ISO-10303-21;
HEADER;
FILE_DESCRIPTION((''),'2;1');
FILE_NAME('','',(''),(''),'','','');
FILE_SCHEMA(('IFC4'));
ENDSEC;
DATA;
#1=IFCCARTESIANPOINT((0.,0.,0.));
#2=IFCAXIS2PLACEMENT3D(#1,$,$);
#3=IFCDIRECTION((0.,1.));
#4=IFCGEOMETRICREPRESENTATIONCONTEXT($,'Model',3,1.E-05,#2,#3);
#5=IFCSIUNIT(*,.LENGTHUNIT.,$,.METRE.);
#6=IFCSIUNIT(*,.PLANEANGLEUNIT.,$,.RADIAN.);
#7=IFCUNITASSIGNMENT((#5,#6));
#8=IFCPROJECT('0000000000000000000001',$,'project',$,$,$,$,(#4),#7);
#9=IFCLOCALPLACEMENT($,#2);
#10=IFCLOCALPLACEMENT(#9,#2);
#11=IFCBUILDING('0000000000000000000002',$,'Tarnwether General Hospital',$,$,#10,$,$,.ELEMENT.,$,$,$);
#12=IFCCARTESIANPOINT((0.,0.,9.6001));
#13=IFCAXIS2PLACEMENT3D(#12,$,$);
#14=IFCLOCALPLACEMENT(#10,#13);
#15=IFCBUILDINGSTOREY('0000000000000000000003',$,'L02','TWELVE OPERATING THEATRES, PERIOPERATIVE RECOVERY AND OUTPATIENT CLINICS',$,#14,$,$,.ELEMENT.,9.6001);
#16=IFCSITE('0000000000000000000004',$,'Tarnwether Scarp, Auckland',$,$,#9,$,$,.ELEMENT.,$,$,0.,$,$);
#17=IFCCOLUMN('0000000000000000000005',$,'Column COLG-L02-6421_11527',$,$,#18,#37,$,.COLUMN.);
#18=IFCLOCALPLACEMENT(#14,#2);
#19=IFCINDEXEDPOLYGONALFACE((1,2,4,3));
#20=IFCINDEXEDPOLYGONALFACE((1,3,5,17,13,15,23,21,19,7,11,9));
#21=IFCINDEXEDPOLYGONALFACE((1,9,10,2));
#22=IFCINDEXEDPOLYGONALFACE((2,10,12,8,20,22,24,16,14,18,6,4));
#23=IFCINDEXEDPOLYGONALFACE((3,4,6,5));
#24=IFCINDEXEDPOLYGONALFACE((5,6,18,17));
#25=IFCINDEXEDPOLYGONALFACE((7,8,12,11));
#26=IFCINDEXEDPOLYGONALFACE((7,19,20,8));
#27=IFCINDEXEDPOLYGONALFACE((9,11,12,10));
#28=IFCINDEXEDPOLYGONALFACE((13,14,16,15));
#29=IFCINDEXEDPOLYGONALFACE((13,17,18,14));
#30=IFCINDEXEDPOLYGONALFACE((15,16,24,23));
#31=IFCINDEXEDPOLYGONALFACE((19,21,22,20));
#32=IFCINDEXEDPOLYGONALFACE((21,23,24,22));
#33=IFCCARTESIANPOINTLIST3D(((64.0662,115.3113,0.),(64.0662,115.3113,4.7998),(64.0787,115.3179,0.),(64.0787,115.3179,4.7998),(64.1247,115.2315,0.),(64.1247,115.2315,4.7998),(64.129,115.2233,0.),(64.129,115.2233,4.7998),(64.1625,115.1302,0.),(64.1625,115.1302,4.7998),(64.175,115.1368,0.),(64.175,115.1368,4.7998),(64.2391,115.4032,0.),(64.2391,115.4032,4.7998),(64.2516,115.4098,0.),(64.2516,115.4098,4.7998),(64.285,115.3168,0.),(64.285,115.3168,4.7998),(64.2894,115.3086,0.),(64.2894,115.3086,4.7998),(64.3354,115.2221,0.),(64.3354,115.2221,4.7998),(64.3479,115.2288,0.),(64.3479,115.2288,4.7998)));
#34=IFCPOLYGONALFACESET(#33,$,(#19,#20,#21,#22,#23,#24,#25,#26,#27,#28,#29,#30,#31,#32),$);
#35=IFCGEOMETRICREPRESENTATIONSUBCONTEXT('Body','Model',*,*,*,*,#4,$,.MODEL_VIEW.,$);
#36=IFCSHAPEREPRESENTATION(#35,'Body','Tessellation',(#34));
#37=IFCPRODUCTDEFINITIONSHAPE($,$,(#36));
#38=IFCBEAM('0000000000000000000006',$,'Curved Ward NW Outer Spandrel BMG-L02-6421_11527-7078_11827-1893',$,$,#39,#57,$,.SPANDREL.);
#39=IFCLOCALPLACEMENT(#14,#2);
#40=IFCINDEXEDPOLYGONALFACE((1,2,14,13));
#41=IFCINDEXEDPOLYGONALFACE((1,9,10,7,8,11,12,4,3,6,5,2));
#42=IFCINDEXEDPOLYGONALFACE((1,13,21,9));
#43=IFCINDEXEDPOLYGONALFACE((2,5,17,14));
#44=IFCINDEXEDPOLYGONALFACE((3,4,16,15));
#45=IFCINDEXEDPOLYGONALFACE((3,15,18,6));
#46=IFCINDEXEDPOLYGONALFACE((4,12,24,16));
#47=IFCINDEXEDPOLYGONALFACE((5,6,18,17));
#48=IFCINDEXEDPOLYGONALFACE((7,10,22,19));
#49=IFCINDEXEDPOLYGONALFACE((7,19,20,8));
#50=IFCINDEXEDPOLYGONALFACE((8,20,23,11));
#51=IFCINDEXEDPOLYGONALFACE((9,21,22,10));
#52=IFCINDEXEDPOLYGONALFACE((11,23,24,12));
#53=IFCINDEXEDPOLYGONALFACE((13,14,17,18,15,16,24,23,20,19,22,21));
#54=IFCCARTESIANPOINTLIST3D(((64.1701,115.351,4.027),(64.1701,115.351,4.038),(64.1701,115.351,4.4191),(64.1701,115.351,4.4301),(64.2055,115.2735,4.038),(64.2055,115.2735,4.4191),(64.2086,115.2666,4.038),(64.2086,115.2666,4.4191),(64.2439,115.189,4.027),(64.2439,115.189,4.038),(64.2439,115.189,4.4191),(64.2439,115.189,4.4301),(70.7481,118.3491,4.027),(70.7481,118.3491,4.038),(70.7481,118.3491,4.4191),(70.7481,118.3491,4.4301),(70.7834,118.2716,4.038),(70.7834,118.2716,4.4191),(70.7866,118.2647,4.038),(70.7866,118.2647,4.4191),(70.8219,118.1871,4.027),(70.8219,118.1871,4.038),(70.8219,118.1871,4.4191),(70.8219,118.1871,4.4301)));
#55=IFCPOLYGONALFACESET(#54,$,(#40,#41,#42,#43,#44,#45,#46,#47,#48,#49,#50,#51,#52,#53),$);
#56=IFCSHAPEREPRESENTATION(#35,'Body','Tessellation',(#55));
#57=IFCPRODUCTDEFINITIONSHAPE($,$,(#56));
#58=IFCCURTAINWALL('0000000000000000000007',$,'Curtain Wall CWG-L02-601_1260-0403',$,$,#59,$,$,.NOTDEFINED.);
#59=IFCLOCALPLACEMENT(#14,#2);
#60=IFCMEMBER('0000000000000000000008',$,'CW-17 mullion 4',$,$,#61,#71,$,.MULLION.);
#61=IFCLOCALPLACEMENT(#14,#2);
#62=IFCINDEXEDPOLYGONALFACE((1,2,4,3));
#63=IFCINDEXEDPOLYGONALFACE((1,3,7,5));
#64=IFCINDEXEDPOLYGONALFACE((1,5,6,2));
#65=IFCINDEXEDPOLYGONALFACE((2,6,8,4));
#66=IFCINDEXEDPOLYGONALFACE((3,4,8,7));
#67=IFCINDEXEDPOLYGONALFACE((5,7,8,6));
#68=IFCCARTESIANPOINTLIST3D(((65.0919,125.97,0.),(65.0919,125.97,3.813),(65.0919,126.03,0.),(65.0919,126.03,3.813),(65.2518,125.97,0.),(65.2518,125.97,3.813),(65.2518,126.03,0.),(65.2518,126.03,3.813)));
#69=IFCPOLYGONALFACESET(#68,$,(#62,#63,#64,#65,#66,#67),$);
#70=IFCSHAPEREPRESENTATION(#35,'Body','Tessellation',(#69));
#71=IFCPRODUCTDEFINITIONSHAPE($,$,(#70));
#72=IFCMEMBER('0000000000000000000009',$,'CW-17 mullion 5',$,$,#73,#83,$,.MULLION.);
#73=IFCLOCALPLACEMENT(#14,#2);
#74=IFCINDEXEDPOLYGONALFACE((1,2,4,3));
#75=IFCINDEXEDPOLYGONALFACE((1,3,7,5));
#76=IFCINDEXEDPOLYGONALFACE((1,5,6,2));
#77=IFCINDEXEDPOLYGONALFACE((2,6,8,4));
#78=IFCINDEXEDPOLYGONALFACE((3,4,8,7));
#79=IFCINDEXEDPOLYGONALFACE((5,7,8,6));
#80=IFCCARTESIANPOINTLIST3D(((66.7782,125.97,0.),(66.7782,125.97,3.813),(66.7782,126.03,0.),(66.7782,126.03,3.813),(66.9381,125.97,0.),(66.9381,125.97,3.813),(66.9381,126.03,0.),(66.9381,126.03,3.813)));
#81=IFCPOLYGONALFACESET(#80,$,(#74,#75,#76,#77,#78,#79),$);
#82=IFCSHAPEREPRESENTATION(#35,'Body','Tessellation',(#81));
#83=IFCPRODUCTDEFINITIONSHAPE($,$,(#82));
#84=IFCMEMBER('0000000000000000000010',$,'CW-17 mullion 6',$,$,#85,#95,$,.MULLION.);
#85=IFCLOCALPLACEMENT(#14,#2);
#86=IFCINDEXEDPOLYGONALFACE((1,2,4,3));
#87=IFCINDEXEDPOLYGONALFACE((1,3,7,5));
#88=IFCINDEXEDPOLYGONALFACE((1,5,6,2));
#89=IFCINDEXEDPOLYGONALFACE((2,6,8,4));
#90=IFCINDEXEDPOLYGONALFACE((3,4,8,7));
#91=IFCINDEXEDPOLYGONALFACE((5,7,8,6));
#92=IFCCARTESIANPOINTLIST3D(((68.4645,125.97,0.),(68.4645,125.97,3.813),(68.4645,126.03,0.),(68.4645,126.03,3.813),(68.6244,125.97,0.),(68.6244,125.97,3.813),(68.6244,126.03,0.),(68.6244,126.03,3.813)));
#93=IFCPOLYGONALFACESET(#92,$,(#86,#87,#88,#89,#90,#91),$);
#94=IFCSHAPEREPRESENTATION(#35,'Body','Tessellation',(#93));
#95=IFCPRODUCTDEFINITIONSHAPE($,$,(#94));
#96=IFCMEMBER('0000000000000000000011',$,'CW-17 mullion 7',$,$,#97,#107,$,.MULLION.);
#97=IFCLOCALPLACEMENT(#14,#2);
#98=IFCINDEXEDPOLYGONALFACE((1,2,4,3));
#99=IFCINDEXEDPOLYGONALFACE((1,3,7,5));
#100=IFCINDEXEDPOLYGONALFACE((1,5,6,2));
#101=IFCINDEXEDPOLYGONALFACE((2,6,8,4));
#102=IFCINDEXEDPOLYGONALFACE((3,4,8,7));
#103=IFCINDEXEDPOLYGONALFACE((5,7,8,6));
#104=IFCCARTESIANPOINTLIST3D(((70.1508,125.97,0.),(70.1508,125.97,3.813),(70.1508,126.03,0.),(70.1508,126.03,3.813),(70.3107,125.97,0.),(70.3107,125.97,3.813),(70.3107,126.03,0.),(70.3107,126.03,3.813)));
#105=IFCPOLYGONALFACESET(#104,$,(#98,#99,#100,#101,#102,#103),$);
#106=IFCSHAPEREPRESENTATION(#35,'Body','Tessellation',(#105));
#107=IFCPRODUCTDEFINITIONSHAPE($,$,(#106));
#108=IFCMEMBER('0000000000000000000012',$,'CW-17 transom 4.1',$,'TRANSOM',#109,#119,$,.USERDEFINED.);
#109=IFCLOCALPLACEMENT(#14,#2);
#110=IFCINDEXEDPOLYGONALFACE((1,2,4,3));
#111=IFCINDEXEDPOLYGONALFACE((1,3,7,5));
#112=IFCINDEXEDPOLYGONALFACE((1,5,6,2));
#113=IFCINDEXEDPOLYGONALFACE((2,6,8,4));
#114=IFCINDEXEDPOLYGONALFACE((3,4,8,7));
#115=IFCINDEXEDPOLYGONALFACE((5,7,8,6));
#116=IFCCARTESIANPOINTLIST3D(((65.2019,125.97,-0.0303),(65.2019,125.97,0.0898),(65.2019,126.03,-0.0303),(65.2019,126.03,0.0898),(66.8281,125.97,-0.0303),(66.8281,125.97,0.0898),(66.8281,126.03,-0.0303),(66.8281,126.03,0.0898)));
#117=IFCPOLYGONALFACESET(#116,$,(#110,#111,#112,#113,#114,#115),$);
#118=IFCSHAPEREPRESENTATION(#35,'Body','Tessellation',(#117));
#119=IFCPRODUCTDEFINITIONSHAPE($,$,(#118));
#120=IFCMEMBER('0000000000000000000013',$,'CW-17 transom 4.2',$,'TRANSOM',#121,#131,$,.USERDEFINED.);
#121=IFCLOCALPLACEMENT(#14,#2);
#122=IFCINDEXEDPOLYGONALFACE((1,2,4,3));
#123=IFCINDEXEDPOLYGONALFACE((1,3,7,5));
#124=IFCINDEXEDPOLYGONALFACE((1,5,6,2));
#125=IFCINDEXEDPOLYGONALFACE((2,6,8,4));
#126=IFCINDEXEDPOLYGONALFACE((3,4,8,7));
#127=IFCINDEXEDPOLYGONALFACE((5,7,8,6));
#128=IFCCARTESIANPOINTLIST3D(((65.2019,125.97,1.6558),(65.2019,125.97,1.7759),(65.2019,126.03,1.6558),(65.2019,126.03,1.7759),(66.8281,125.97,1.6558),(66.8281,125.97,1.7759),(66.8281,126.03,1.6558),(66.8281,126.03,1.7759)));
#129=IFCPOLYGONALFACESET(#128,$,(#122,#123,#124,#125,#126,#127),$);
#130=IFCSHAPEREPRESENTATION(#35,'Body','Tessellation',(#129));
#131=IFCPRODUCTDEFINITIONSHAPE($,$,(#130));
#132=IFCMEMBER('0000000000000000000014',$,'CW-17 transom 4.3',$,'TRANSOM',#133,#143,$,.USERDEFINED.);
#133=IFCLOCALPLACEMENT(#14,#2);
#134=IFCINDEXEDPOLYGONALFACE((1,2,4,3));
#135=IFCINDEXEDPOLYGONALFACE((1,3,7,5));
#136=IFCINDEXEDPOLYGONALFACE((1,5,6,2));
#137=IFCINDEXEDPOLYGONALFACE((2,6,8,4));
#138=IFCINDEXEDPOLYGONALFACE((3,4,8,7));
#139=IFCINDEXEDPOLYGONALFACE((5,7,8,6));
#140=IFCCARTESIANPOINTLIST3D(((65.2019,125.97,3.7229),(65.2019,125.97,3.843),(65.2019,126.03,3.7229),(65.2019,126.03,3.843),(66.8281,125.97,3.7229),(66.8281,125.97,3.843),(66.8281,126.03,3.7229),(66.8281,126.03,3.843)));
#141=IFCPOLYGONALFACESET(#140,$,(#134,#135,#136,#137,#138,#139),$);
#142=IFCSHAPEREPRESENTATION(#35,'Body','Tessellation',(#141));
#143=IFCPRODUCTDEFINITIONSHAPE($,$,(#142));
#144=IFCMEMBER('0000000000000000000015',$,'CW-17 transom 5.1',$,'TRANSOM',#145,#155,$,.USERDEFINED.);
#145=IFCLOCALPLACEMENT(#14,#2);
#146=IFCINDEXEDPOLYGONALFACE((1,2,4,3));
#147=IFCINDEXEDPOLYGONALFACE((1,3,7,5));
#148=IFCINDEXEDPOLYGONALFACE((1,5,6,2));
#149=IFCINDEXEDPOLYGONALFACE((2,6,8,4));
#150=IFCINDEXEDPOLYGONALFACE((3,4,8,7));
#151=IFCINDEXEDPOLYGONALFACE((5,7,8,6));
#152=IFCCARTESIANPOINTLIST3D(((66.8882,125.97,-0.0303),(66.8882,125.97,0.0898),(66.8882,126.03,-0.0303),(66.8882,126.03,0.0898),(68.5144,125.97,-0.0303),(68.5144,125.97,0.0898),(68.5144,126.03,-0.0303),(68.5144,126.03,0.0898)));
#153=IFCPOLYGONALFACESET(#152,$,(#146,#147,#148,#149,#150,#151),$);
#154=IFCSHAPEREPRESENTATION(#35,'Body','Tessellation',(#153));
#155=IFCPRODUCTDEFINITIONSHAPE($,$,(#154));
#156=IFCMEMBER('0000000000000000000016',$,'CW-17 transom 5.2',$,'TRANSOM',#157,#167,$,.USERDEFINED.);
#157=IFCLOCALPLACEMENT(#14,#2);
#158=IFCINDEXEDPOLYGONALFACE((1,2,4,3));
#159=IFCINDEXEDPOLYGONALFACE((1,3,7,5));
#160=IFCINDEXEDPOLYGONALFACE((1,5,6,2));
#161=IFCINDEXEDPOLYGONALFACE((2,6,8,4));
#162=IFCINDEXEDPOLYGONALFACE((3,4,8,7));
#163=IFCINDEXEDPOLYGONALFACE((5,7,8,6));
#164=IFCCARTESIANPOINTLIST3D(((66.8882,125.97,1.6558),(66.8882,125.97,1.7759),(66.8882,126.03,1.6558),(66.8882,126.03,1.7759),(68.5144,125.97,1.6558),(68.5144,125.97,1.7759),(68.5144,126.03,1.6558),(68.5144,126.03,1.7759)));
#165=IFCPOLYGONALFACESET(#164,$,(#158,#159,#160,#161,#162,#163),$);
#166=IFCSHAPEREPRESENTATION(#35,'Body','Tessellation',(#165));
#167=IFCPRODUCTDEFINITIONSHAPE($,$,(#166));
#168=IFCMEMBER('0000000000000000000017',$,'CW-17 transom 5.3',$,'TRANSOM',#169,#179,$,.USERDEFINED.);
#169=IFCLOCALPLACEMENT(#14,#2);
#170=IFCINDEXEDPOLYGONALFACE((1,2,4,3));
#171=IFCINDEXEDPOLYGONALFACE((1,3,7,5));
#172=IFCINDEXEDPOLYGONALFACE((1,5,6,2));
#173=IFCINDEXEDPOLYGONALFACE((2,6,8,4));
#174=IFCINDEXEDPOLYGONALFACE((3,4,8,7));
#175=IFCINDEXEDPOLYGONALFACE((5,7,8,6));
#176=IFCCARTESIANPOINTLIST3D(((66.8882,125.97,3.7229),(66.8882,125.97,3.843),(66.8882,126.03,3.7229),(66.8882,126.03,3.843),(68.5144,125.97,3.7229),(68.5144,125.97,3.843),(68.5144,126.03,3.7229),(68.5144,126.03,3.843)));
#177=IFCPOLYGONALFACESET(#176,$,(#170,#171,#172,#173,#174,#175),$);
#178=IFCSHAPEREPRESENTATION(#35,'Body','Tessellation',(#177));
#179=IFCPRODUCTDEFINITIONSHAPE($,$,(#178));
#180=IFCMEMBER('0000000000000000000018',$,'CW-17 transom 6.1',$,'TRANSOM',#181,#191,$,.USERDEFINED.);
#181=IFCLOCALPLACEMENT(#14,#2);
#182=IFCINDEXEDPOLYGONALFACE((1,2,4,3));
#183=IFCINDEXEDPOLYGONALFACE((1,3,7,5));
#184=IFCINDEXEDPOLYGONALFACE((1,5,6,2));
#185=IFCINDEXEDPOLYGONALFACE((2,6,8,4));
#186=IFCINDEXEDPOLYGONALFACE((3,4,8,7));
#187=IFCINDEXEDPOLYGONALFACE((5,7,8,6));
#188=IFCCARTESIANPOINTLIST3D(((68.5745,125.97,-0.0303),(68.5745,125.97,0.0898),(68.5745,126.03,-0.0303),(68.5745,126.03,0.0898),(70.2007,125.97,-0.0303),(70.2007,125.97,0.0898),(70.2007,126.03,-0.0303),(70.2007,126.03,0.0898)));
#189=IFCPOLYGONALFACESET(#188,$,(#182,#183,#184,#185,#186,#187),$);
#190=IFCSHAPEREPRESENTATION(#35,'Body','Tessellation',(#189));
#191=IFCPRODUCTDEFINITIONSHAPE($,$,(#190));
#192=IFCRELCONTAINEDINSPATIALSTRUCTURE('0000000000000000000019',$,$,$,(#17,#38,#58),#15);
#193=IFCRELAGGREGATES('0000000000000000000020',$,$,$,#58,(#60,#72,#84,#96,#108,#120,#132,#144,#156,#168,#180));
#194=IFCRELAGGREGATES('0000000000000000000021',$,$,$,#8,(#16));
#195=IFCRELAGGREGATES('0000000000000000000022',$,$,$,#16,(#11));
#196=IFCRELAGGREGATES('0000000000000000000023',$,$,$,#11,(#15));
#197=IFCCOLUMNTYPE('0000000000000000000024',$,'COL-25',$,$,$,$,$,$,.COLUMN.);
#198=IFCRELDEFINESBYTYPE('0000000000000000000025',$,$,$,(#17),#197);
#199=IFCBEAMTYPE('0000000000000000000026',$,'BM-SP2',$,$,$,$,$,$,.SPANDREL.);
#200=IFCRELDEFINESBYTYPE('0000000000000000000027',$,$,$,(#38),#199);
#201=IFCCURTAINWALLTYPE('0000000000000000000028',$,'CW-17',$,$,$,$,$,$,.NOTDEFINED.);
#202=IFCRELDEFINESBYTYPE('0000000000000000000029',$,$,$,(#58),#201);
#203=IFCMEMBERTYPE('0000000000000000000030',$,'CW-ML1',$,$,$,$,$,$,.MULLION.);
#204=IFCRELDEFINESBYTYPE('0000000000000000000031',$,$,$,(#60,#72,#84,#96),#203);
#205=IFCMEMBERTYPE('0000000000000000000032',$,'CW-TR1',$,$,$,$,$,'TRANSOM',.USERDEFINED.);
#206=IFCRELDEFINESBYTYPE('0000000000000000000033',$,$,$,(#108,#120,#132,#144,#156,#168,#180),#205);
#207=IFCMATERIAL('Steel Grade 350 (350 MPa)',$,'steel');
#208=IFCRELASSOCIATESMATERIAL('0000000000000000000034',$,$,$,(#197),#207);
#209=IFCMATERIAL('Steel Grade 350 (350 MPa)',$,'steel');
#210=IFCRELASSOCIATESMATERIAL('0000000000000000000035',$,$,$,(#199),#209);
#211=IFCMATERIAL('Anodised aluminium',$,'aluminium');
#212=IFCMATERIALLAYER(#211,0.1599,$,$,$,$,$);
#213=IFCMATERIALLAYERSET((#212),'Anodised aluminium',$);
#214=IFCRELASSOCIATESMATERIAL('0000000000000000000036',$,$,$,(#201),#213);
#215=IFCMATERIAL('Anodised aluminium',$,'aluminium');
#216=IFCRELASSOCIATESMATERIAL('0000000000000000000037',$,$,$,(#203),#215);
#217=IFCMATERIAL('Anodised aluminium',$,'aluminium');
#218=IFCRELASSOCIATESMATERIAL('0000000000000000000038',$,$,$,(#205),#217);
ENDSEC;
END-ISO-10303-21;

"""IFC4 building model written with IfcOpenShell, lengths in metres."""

from ifc_helpers import new_model, si_unit, direction, frame, origin, origin_2d, place, context, subcontext, project, spatial, rectangle, i_section, extrude, material, layer, layer_set, material_profile, profile_set, type_object, element, aggregate, save


model = new_model("IFC4")

# Units and contexts
model_context = context("Model", 3, precision=1e-05, world=origin(), true_north=direction((0.0, 1.0)))
body_context = subcontext(model_context, "Body", "Model", "MODEL_VIEW")
ifc_project = project(units=[si_unit("LENGTHUNIT", "METRE"), si_unit("PLANEANGLEUNIT", "RADIAN")], contexts=[model_context])

# Site, building, storey
site_placement = place(None, origin())
site = spatial("IfcSite", under=ifc_project, at=site_placement, Name="Tarnwether Scarp, Auckland", CompositionType="ELEMENT", RefElevation=0.0)
building_placement = place(site_placement, origin())
building = spatial("IfcBuilding", under=site, at=building_placement, Name="Tarnwether General Hospital", CompositionType="ELEMENT")
storey_placement = place(building_placement, frame((0.0, 0.0, 9.6001)))
storey = spatial("IfcBuildingStorey", under=building, at=storey_placement, Name="L02", Description="TWELVE OPERATING THEATRES, PERIOPERATIVE RECOVERY AND OUTPATIENT CLINICS", CompositionType="ELEMENT", Elevation=9.6001)

# Column
ifc_material_1 = material(Name="Steel Grade 350 (350 MPa)", Category="steel")
ifc_material_profile_1 = material_profile(ifc_material_1, i_section(OverallWidth=0.2051, OverallDepth=0.21, WebThickness=0.0093, FlangeThickness=0.0142, at=origin_2d()), Name="200UC59.5")
ifc_profile_set_1 = profile_set([ifc_material_profile_1], Name="Steel Grade 350 (350 MPa)")
column_type = type_object("IfcColumnType", Name="COL-25", PredefinedType="COLUMN", material=ifc_profile_set_1)
column_placement = place(storey_placement, frame((64.207, 115.27, 0.0), z_axis=(0.0, 0.0, 1.0), x_axis=(-0.469472, 0.882948, 0.0)))
element("IfcColumn", 1, at=column_placement, inside=storey, type_object=column_type, Name="Column COLG-L02-6421_11527", PredefinedType="COLUMN", context=body_context, shape_type="SweptSolid", body=[
    extrude(i_section(OverallWidth=0.2051, OverallDepth=0.21, WebThickness=0.0093, FlangeThickness=0.0142, at=origin_2d()), origin(), (0.0, 0.0, 1.0), 4.7998),
])

# Beam
ifc_material_2 = material(Name="Steel Grade 350 (350 MPa)", Category="steel")
ifc_material_profile_2 = material_profile(ifc_material_2, i_section(OverallWidth=0.178, OverallDepth=0.4031, WebThickness=0.0076, FlangeThickness=0.011, at=origin_2d()), Name="410UB53.7")
ifc_profile_set_2 = profile_set([ifc_material_profile_2], Name="Steel Grade 350 (350 MPa)")
beam_type = type_object("IfcBeamType", Name="BM-SP2", PredefinedType="SPANDREL", material=ifc_profile_set_2)
beam_placement = place(storey_placement, frame((64.207, 115.27, 4.2285), z_axis=(0.909944, 0.414731, 0.0), x_axis=(-0.414731, 0.909944, 0.0)))
element("IfcBeam", 2, at=beam_placement, inside=storey, type_object=beam_type, Name="Curved Ward NW Outer Spandrel BMG-L02-6421_11527-7078_11827-1893", PredefinedType="SPANDREL", context=body_context, shape_type="SweptSolid", body=[
    extrude(i_section(OverallWidth=0.178, OverallDepth=0.4031, WebThickness=0.0076, FlangeThickness=0.011, at=origin_2d()), origin(), (0.0, 0.0, 1.0), 7.229),
])

# Curtain wall, members
ifc_material_3 = material(Name="Anodised aluminium", Category="aluminium")
ifc_layer_1 = layer(ifc_material_3, 0.1599)
ifc_layer_set_1 = layer_set([ifc_layer_1], Name="Anodised aluminium")
curtain_wall_type = type_object("IfcCurtainWallType", Name="CW-17", PredefinedType="NOTDEFINED", material=ifc_layer_set_1)
curtain_wall_placement = place(storey_placement, origin())
curtain_wall = element("IfcCurtainWall", 3, at=curtain_wall_placement, inside=storey, type_object=curtain_wall_type, Name="Curtain Wall CWG-L02-601_1260-0403", PredefinedType="NOTDEFINED")
ifc_material_4 = material(Name="Anodised aluminium", Category="aluminium")
ifc_material_profile_3 = material_profile(ifc_material_4, rectangle(XDim=0.0601, YDim=0.1599, at=origin_2d()), Name="ALU-MUL-60x160")
ifc_profile_set_3 = profile_set([ifc_material_profile_3], Name="Anodised aluminium")
member_type_1 = type_object("IfcMemberType", Name="CW-ML1", PredefinedType="MULLION", material=ifc_profile_set_3)
member_1_placement = place(storey_placement, frame((65.1719, 126.0, 0.0), z_axis=(0.0, 0.0, 1.0), x_axis=(0.0, 1.0, 0.0)))
member_1 = element("IfcMember", 4, at=member_1_placement, type_object=member_type_1, Name="CW-17 mullion 4", PredefinedType="MULLION", context=body_context, shape_type="SweptSolid", body=[
    extrude(rectangle(XDim=0.0601, YDim=0.1599, at=origin_2d()), origin(), (0.0, 0.0, 1.0), 3.813),
])
member_2_placement = place(storey_placement, frame((66.8582, 126.0, 0.0), z_axis=(0.0, 0.0, 1.0), x_axis=(0.0, 1.0, 0.0)))
member_2 = element("IfcMember", 5, at=member_2_placement, type_object=member_type_1, Name="CW-17 mullion 5", PredefinedType="MULLION", context=body_context, shape_type="SweptSolid", body=[
    extrude(rectangle(XDim=0.0601, YDim=0.1599, at=origin_2d()), origin(), (0.0, 0.0, 1.0), 3.813),
])
member_3_placement = place(storey_placement, frame((68.5444, 126.0, 0.0), z_axis=(0.0, 0.0, 1.0), x_axis=(0.0, 1.0, 0.0)))
member_3 = element("IfcMember", 6, at=member_3_placement, type_object=member_type_1, Name="CW-17 mullion 6", PredefinedType="MULLION", context=body_context, shape_type="SweptSolid", body=[
    extrude(rectangle(XDim=0.0601, YDim=0.1599, at=origin_2d()), origin(), (0.0, 0.0, 1.0), 3.813),
])
member_4_placement = place(storey_placement, frame((70.2307, 126.0, 0.0), z_axis=(0.0, 0.0, 1.0), x_axis=(0.0, 1.0, 0.0)))
member_4 = element("IfcMember", 7, at=member_4_placement, type_object=member_type_1, Name="CW-17 mullion 7", PredefinedType="MULLION", context=body_context, shape_type="SweptSolid", body=[
    extrude(rectangle(XDim=0.0601, YDim=0.1599, at=origin_2d()), origin(), (0.0, 0.0, 1.0), 3.813),
])
ifc_material_5 = material(Name="Anodised aluminium", Category="aluminium")
ifc_material_profile_4 = material_profile(ifc_material_5, rectangle(XDim=0.0601, YDim=0.1201, at=origin_2d()), Name="ALU-TRN-60x120")
ifc_profile_set_4 = profile_set([ifc_material_profile_4], Name="Anodised aluminium")
member_type_2 = type_object("IfcMemberType", Name="CW-TR1", ElementType="TRANSOM", PredefinedType="USERDEFINED", material=ifc_profile_set_4)
member_5_placement = place(storey_placement, frame((65.2019, 126.0, 0.0298), z_axis=(1.0, 0.0, 0.0), x_axis=(0.0, 1.0, 0.0)))
member_5 = element("IfcMember", 8, at=member_5_placement, type_object=member_type_2, Name="CW-17 transom 4.1", ObjectType="TRANSOM", PredefinedType="USERDEFINED", context=body_context, shape_type="SweptSolid", body=[
    extrude(rectangle(XDim=0.0601, YDim=0.1201, at=origin_2d()), origin(), (0.0, 0.0, 1.0), 1.6262),
])
member_6_placement = place(storey_placement, frame((65.2019, 126.0, 1.7158), z_axis=(1.0, 0.0, 0.0), x_axis=(0.0, 1.0, 0.0)))
member_6 = element("IfcMember", 9, at=member_6_placement, type_object=member_type_2, Name="CW-17 transom 4.2", ObjectType="TRANSOM", PredefinedType="USERDEFINED", context=body_context, shape_type="SweptSolid", body=[
    extrude(rectangle(XDim=0.0601, YDim=0.1201, at=origin_2d()), origin(), (0.0, 0.0, 1.0), 1.6262),
])
member_7_placement = place(storey_placement, frame((65.2019, 126.0, 3.783), z_axis=(1.0, 0.0, 0.0), x_axis=(0.0, 1.0, 0.0)))
member_7 = element("IfcMember", 10, at=member_7_placement, type_object=member_type_2, Name="CW-17 transom 4.3", ObjectType="TRANSOM", PredefinedType="USERDEFINED", context=body_context, shape_type="SweptSolid", body=[
    extrude(rectangle(XDim=0.0601, YDim=0.1201, at=origin_2d()), origin(), (0.0, 0.0, 1.0), 1.6262),
])
member_8_placement = place(storey_placement, frame((66.8882, 126.0, 0.0298), z_axis=(1.0, 0.0, 0.0), x_axis=(0.0, 1.0, 0.0)))
member_8 = element("IfcMember", 11, at=member_8_placement, type_object=member_type_2, Name="CW-17 transom 5.1", ObjectType="TRANSOM", PredefinedType="USERDEFINED", context=body_context, shape_type="SweptSolid", body=[
    extrude(rectangle(XDim=0.0601, YDim=0.1201, at=origin_2d()), origin(), (0.0, 0.0, 1.0), 1.6262),
])
member_9_placement = place(storey_placement, frame((66.8882, 126.0, 1.7158), z_axis=(1.0, 0.0, 0.0), x_axis=(0.0, 1.0, 0.0)))
member_9 = element("IfcMember", 12, at=member_9_placement, type_object=member_type_2, Name="CW-17 transom 5.2", ObjectType="TRANSOM", PredefinedType="USERDEFINED", context=body_context, shape_type="SweptSolid", body=[
    extrude(rectangle(XDim=0.0601, YDim=0.1201, at=origin_2d()), origin(), (0.0, 0.0, 1.0), 1.6262),
])
member_10_placement = place(storey_placement, frame((66.8882, 126.0, 3.783), z_axis=(1.0, 0.0, 0.0), x_axis=(0.0, 1.0, 0.0)))
member_10 = element("IfcMember", 13, at=member_10_placement, type_object=member_type_2, Name="CW-17 transom 5.3", ObjectType="TRANSOM", PredefinedType="USERDEFINED", context=body_context, shape_type="SweptSolid", body=[
    extrude(rectangle(XDim=0.0601, YDim=0.1201, at=origin_2d()), origin(), (0.0, 0.0, 1.0), 1.6262),
])
member_11_placement = place(storey_placement, frame((68.5745, 126.0, 0.0298), z_axis=(1.0, 0.0, 0.0), x_axis=(0.0, 1.0, 0.0)))
member_11 = element("IfcMember", 14, at=member_11_placement, type_object=member_type_2, Name="CW-17 transom 6.1", ObjectType="TRANSOM", PredefinedType="USERDEFINED", context=body_context, shape_type="SweptSolid", body=[
    extrude(rectangle(XDim=0.0601, YDim=0.1201, at=origin_2d()), origin(), (0.0, 0.0, 1.0), 1.6262),
])
aggregate(curtain_wall, [member_1, member_2, member_3, member_4, member_5, member_6, member_7, member_8, member_9, member_10, member_11])

save(model, "model.ifc")
